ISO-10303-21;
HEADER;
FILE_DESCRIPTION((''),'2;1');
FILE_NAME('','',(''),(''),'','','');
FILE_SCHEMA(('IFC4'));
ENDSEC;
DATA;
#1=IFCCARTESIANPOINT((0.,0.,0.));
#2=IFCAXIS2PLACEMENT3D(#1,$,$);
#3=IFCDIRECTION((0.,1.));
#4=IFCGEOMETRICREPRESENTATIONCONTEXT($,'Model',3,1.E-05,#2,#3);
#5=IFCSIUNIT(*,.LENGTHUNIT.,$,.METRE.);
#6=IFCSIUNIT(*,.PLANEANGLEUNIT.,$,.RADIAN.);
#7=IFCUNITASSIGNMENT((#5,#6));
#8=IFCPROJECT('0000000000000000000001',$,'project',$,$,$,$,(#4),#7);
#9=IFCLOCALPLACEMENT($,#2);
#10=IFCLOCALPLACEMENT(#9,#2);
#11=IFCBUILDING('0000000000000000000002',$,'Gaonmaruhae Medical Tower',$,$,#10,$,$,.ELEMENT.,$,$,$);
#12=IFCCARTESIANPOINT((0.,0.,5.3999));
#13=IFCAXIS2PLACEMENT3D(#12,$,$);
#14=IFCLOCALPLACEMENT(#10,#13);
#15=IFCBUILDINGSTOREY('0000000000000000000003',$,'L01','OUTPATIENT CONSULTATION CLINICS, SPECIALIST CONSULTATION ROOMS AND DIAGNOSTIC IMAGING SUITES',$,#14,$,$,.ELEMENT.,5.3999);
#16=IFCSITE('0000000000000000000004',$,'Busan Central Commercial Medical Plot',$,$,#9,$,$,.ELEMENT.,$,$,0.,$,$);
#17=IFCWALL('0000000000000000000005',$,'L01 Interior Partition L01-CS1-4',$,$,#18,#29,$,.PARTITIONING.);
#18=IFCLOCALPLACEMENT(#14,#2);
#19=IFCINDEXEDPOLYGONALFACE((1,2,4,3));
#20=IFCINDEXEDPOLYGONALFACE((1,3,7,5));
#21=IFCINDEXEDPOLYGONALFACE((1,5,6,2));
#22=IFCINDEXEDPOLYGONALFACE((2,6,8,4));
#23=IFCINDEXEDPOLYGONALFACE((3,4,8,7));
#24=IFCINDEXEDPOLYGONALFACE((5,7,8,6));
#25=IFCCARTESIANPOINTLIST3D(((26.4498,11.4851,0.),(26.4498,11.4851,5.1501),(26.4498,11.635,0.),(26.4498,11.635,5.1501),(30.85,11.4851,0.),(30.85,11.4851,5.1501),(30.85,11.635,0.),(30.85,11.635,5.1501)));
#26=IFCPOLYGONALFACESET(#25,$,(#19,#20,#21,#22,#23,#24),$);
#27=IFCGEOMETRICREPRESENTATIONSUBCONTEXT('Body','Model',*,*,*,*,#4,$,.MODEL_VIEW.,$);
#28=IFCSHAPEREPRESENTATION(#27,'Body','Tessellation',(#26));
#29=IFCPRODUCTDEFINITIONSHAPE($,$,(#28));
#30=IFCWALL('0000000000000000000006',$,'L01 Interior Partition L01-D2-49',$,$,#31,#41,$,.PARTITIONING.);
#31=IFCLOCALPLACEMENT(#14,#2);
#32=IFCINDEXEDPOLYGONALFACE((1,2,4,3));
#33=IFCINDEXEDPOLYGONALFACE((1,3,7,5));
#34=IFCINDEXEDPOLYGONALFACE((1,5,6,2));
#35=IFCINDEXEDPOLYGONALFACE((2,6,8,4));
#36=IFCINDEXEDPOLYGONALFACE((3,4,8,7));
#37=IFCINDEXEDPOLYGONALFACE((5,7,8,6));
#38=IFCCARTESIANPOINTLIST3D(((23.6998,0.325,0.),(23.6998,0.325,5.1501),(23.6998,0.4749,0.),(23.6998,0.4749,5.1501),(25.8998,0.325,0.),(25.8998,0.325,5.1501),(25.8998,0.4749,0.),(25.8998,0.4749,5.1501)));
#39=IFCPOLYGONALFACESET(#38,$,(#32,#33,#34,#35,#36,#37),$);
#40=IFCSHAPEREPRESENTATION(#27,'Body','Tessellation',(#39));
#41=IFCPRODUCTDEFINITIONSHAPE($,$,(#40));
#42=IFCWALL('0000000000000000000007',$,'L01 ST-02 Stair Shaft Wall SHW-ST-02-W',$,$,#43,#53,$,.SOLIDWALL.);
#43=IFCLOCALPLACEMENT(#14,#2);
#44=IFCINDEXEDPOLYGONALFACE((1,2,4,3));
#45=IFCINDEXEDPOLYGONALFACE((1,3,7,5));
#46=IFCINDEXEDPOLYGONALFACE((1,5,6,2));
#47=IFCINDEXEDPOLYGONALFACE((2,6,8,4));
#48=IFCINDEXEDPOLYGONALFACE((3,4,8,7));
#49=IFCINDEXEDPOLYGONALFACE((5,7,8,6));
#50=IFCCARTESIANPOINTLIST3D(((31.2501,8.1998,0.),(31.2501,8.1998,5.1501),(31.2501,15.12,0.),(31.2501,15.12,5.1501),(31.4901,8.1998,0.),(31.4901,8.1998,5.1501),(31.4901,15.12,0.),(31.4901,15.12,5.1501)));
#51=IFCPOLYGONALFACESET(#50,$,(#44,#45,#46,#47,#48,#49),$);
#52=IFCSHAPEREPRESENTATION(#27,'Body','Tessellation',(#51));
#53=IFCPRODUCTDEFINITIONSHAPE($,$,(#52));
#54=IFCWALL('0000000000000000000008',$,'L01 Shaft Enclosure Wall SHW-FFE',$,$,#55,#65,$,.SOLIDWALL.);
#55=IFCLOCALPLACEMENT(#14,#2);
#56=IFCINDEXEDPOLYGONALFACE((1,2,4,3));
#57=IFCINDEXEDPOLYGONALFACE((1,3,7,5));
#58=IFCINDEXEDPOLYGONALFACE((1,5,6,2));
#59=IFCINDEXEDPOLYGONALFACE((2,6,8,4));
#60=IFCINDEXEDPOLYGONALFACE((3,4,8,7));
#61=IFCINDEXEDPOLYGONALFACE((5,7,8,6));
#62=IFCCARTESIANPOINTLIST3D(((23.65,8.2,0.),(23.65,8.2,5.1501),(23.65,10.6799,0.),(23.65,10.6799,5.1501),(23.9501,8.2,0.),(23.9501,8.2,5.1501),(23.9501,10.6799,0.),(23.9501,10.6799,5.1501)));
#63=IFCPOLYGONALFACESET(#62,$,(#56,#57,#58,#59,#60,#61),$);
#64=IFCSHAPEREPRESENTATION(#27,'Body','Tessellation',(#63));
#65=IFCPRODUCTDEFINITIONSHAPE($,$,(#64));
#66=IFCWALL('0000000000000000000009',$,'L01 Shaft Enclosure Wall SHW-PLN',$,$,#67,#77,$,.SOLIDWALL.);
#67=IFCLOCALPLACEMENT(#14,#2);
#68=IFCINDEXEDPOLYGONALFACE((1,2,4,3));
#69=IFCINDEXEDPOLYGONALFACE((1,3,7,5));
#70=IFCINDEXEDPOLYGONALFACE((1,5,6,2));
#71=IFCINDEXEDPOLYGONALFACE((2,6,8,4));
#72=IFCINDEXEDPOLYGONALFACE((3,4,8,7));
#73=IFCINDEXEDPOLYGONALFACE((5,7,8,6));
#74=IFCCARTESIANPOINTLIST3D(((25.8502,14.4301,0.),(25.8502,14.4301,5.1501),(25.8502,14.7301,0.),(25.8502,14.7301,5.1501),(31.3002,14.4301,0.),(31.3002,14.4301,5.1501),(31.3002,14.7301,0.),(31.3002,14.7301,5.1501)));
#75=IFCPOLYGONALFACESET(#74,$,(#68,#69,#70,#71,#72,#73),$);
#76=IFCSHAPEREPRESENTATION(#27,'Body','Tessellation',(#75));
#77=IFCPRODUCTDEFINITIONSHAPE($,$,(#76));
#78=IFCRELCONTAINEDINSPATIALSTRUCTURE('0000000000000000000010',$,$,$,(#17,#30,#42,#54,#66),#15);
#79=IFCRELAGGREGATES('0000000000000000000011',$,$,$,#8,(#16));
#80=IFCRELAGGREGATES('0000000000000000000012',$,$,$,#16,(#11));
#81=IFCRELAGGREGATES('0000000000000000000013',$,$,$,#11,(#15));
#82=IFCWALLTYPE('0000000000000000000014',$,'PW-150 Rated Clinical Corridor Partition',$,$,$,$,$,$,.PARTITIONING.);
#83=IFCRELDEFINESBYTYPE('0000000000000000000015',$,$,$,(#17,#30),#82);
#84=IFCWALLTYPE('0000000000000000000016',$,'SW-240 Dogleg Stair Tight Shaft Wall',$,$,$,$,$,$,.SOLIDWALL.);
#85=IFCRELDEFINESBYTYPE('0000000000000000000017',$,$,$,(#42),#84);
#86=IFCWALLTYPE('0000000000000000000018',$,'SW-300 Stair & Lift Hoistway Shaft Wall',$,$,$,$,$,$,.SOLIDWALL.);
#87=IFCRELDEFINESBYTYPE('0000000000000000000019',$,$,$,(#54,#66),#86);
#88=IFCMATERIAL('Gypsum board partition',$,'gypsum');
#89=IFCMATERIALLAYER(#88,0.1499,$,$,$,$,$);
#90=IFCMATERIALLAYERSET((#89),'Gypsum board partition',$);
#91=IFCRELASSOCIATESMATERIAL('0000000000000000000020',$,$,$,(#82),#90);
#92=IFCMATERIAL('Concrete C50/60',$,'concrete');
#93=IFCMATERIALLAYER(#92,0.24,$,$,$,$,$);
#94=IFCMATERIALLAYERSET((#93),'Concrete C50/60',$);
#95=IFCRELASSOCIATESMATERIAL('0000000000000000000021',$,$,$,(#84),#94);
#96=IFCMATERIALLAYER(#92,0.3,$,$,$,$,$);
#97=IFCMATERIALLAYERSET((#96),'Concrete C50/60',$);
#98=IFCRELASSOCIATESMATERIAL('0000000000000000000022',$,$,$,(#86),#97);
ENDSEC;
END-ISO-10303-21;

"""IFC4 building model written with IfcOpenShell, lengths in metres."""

from ifc_helpers import new_model, si_unit, direction, frame, frame_2d, origin, place, context, subcontext, project, spatial, rectangle, extrude, material, layer, layer_set, type_object, element, save


model = new_model("IFC4")

# Units and contexts
model_context = context("Model", 3, precision=1e-05, world=origin(), true_north=direction((0.0, 1.0)))
body_context = subcontext(model_context, "Body", "Model", "MODEL_VIEW")
ifc_project = project(units=[si_unit("LENGTHUNIT", "METRE"), si_unit("PLANEANGLEUNIT", "RADIAN")], contexts=[model_context])

# Site, building, storey
site_placement = place(None, origin())
site = spatial("IfcSite", under=ifc_project, at=site_placement, Name="Busan Central Commercial Medical Plot", CompositionType="ELEMENT", RefElevation=0.0)
building_placement = place(site_placement, origin())
building = spatial("IfcBuilding", under=site, at=building_placement, Name="Gaonmaruhae Medical Tower", CompositionType="ELEMENT")
storey_placement = place(building_placement, frame((0.0, 0.0, 5.3999)))
storey = spatial("IfcBuildingStorey", under=building, at=storey_placement, Name="L01", Description="OUTPATIENT CONSULTATION CLINICS, SPECIALIST CONSULTATION ROOMS AND DIAGNOSTIC IMAGING SUITES", CompositionType="ELEMENT", Elevation=5.3999)

# Shared definitions
ifc_material_1 = material(Name="Concrete C50/60", Category="concrete")

# Shared definitions
ifc_material_2 = material(Name="Gypsum board partition", Category="gypsum")
ifc_layer_1 = layer(ifc_material_2, 0.1499)
ifc_layer_set_1 = layer_set([ifc_layer_1], Name="Gypsum board partition")
wall_type_1 = type_object("IfcWallType", Name="PW-150 Rated Clinical Corridor Partition", PredefinedType="PARTITIONING", material=ifc_layer_set_1)

# Walls
wall_1_placement = place(storey_placement, frame((30.8501, 11.5601, 0.0), z_axis=(0.0, 0.0, 1.0), x_axis=(-1.0, 0.0, 0.0)))
element("IfcWall", 1, at=wall_1_placement, inside=storey, type_object=wall_type_1, Name="L01 Interior Partition L01-CS1-4", PredefinedType="PARTITIONING", context=body_context, shape_type="SweptSolid", body=[
    extrude(rectangle(XDim=4.4001, YDim=0.1499, at=frame_2d((2.2002, 0.0))), origin(), (0.0, 0.0, 1.0), 5.1501),
])
wall_2_placement = place(storey_placement, frame((25.8999, 0.3999, 0.0), z_axis=(0.0, 0.0, 1.0), x_axis=(-1.0, 0.0, 0.0)))
element("IfcWall", 2, at=wall_2_placement, inside=storey, type_object=wall_type_1, Name="L01 Interior Partition L01-D2-49", PredefinedType="PARTITIONING", context=body_context, shape_type="SweptSolid", body=[
    extrude(rectangle(XDim=2.2, YDim=0.1499, at=frame_2d((1.1001, 0.0))), origin(), (0.0, 0.0, 1.0), 5.1501),
])

# Shared definitions
ifc_layer_2 = layer(ifc_material_1, 0.24)
ifc_layer_set_2 = layer_set([ifc_layer_2], Name="Concrete C50/60")
wall_type_2 = type_object("IfcWallType", Name="SW-240 Dogleg Stair Tight Shaft Wall", PredefinedType="SOLIDWALL", material=ifc_layer_set_2)

# Walls
wall_3_placement = place(storey_placement, frame((31.3701, 8.2, 0.0), z_axis=(0.0, 0.0, 1.0), x_axis=(0.0, 1.0, 0.0)))
element("IfcWall", 3, at=wall_3_placement, inside=storey, type_object=wall_type_2, Name="L01 ST-02 Stair Shaft Wall SHW-ST-02-W", PredefinedType="SOLIDWALL", context=body_context, shape_type="SweptSolid", body=[
    extrude(rectangle(XDim=6.9202, YDim=0.24, at=frame_2d((3.46, 0.0))), origin(), (0.0, 0.0, 1.0), 5.1501),
])
ifc_layer_3 = layer(ifc_material_1, 0.3)
ifc_layer_set_3 = layer_set([ifc_layer_3], Name="Concrete C50/60")
wall_type_3 = type_object("IfcWallType", Name="SW-300 Stair & Lift Hoistway Shaft Wall", PredefinedType="SOLIDWALL", material=ifc_layer_set_3)
wall_4_placement = place(storey_placement, frame((23.8, 8.2, 0.0), z_axis=(0.0, 0.0, 1.0), x_axis=(0.0, 1.0, 0.0)))
element("IfcWall", 4, at=wall_4_placement, inside=storey, type_object=wall_type_3, Name="L01 Shaft Enclosure Wall SHW-FFE", PredefinedType="SOLIDWALL", context=body_context, shape_type="SweptSolid", body=[
    extrude(rectangle(XDim=2.48, YDim=0.3, at=frame_2d((1.24, 0.0))), origin(), (0.0, 0.0, 1.0), 5.1501),
])

# Wall
wall_5_placement = place(storey_placement, frame((25.8501, 14.5801, 0.0), z_axis=(0.0, 0.0, 1.0), x_axis=(1.0, 0.0, 0.0)))
element("IfcWall", 5, at=wall_5_placement, inside=storey, type_object=wall_type_3, Name="L01 Shaft Enclosure Wall SHW-PLN", PredefinedType="SOLIDWALL", context=body_context, shape_type="SweptSolid", body=[
    extrude(rectangle(XDim=5.45, YDim=0.3, at=frame_2d((2.7251, 0.0))), origin(), (0.0, 0.0, 1.0), 5.1501),
])

save(model, "model.ifc")
